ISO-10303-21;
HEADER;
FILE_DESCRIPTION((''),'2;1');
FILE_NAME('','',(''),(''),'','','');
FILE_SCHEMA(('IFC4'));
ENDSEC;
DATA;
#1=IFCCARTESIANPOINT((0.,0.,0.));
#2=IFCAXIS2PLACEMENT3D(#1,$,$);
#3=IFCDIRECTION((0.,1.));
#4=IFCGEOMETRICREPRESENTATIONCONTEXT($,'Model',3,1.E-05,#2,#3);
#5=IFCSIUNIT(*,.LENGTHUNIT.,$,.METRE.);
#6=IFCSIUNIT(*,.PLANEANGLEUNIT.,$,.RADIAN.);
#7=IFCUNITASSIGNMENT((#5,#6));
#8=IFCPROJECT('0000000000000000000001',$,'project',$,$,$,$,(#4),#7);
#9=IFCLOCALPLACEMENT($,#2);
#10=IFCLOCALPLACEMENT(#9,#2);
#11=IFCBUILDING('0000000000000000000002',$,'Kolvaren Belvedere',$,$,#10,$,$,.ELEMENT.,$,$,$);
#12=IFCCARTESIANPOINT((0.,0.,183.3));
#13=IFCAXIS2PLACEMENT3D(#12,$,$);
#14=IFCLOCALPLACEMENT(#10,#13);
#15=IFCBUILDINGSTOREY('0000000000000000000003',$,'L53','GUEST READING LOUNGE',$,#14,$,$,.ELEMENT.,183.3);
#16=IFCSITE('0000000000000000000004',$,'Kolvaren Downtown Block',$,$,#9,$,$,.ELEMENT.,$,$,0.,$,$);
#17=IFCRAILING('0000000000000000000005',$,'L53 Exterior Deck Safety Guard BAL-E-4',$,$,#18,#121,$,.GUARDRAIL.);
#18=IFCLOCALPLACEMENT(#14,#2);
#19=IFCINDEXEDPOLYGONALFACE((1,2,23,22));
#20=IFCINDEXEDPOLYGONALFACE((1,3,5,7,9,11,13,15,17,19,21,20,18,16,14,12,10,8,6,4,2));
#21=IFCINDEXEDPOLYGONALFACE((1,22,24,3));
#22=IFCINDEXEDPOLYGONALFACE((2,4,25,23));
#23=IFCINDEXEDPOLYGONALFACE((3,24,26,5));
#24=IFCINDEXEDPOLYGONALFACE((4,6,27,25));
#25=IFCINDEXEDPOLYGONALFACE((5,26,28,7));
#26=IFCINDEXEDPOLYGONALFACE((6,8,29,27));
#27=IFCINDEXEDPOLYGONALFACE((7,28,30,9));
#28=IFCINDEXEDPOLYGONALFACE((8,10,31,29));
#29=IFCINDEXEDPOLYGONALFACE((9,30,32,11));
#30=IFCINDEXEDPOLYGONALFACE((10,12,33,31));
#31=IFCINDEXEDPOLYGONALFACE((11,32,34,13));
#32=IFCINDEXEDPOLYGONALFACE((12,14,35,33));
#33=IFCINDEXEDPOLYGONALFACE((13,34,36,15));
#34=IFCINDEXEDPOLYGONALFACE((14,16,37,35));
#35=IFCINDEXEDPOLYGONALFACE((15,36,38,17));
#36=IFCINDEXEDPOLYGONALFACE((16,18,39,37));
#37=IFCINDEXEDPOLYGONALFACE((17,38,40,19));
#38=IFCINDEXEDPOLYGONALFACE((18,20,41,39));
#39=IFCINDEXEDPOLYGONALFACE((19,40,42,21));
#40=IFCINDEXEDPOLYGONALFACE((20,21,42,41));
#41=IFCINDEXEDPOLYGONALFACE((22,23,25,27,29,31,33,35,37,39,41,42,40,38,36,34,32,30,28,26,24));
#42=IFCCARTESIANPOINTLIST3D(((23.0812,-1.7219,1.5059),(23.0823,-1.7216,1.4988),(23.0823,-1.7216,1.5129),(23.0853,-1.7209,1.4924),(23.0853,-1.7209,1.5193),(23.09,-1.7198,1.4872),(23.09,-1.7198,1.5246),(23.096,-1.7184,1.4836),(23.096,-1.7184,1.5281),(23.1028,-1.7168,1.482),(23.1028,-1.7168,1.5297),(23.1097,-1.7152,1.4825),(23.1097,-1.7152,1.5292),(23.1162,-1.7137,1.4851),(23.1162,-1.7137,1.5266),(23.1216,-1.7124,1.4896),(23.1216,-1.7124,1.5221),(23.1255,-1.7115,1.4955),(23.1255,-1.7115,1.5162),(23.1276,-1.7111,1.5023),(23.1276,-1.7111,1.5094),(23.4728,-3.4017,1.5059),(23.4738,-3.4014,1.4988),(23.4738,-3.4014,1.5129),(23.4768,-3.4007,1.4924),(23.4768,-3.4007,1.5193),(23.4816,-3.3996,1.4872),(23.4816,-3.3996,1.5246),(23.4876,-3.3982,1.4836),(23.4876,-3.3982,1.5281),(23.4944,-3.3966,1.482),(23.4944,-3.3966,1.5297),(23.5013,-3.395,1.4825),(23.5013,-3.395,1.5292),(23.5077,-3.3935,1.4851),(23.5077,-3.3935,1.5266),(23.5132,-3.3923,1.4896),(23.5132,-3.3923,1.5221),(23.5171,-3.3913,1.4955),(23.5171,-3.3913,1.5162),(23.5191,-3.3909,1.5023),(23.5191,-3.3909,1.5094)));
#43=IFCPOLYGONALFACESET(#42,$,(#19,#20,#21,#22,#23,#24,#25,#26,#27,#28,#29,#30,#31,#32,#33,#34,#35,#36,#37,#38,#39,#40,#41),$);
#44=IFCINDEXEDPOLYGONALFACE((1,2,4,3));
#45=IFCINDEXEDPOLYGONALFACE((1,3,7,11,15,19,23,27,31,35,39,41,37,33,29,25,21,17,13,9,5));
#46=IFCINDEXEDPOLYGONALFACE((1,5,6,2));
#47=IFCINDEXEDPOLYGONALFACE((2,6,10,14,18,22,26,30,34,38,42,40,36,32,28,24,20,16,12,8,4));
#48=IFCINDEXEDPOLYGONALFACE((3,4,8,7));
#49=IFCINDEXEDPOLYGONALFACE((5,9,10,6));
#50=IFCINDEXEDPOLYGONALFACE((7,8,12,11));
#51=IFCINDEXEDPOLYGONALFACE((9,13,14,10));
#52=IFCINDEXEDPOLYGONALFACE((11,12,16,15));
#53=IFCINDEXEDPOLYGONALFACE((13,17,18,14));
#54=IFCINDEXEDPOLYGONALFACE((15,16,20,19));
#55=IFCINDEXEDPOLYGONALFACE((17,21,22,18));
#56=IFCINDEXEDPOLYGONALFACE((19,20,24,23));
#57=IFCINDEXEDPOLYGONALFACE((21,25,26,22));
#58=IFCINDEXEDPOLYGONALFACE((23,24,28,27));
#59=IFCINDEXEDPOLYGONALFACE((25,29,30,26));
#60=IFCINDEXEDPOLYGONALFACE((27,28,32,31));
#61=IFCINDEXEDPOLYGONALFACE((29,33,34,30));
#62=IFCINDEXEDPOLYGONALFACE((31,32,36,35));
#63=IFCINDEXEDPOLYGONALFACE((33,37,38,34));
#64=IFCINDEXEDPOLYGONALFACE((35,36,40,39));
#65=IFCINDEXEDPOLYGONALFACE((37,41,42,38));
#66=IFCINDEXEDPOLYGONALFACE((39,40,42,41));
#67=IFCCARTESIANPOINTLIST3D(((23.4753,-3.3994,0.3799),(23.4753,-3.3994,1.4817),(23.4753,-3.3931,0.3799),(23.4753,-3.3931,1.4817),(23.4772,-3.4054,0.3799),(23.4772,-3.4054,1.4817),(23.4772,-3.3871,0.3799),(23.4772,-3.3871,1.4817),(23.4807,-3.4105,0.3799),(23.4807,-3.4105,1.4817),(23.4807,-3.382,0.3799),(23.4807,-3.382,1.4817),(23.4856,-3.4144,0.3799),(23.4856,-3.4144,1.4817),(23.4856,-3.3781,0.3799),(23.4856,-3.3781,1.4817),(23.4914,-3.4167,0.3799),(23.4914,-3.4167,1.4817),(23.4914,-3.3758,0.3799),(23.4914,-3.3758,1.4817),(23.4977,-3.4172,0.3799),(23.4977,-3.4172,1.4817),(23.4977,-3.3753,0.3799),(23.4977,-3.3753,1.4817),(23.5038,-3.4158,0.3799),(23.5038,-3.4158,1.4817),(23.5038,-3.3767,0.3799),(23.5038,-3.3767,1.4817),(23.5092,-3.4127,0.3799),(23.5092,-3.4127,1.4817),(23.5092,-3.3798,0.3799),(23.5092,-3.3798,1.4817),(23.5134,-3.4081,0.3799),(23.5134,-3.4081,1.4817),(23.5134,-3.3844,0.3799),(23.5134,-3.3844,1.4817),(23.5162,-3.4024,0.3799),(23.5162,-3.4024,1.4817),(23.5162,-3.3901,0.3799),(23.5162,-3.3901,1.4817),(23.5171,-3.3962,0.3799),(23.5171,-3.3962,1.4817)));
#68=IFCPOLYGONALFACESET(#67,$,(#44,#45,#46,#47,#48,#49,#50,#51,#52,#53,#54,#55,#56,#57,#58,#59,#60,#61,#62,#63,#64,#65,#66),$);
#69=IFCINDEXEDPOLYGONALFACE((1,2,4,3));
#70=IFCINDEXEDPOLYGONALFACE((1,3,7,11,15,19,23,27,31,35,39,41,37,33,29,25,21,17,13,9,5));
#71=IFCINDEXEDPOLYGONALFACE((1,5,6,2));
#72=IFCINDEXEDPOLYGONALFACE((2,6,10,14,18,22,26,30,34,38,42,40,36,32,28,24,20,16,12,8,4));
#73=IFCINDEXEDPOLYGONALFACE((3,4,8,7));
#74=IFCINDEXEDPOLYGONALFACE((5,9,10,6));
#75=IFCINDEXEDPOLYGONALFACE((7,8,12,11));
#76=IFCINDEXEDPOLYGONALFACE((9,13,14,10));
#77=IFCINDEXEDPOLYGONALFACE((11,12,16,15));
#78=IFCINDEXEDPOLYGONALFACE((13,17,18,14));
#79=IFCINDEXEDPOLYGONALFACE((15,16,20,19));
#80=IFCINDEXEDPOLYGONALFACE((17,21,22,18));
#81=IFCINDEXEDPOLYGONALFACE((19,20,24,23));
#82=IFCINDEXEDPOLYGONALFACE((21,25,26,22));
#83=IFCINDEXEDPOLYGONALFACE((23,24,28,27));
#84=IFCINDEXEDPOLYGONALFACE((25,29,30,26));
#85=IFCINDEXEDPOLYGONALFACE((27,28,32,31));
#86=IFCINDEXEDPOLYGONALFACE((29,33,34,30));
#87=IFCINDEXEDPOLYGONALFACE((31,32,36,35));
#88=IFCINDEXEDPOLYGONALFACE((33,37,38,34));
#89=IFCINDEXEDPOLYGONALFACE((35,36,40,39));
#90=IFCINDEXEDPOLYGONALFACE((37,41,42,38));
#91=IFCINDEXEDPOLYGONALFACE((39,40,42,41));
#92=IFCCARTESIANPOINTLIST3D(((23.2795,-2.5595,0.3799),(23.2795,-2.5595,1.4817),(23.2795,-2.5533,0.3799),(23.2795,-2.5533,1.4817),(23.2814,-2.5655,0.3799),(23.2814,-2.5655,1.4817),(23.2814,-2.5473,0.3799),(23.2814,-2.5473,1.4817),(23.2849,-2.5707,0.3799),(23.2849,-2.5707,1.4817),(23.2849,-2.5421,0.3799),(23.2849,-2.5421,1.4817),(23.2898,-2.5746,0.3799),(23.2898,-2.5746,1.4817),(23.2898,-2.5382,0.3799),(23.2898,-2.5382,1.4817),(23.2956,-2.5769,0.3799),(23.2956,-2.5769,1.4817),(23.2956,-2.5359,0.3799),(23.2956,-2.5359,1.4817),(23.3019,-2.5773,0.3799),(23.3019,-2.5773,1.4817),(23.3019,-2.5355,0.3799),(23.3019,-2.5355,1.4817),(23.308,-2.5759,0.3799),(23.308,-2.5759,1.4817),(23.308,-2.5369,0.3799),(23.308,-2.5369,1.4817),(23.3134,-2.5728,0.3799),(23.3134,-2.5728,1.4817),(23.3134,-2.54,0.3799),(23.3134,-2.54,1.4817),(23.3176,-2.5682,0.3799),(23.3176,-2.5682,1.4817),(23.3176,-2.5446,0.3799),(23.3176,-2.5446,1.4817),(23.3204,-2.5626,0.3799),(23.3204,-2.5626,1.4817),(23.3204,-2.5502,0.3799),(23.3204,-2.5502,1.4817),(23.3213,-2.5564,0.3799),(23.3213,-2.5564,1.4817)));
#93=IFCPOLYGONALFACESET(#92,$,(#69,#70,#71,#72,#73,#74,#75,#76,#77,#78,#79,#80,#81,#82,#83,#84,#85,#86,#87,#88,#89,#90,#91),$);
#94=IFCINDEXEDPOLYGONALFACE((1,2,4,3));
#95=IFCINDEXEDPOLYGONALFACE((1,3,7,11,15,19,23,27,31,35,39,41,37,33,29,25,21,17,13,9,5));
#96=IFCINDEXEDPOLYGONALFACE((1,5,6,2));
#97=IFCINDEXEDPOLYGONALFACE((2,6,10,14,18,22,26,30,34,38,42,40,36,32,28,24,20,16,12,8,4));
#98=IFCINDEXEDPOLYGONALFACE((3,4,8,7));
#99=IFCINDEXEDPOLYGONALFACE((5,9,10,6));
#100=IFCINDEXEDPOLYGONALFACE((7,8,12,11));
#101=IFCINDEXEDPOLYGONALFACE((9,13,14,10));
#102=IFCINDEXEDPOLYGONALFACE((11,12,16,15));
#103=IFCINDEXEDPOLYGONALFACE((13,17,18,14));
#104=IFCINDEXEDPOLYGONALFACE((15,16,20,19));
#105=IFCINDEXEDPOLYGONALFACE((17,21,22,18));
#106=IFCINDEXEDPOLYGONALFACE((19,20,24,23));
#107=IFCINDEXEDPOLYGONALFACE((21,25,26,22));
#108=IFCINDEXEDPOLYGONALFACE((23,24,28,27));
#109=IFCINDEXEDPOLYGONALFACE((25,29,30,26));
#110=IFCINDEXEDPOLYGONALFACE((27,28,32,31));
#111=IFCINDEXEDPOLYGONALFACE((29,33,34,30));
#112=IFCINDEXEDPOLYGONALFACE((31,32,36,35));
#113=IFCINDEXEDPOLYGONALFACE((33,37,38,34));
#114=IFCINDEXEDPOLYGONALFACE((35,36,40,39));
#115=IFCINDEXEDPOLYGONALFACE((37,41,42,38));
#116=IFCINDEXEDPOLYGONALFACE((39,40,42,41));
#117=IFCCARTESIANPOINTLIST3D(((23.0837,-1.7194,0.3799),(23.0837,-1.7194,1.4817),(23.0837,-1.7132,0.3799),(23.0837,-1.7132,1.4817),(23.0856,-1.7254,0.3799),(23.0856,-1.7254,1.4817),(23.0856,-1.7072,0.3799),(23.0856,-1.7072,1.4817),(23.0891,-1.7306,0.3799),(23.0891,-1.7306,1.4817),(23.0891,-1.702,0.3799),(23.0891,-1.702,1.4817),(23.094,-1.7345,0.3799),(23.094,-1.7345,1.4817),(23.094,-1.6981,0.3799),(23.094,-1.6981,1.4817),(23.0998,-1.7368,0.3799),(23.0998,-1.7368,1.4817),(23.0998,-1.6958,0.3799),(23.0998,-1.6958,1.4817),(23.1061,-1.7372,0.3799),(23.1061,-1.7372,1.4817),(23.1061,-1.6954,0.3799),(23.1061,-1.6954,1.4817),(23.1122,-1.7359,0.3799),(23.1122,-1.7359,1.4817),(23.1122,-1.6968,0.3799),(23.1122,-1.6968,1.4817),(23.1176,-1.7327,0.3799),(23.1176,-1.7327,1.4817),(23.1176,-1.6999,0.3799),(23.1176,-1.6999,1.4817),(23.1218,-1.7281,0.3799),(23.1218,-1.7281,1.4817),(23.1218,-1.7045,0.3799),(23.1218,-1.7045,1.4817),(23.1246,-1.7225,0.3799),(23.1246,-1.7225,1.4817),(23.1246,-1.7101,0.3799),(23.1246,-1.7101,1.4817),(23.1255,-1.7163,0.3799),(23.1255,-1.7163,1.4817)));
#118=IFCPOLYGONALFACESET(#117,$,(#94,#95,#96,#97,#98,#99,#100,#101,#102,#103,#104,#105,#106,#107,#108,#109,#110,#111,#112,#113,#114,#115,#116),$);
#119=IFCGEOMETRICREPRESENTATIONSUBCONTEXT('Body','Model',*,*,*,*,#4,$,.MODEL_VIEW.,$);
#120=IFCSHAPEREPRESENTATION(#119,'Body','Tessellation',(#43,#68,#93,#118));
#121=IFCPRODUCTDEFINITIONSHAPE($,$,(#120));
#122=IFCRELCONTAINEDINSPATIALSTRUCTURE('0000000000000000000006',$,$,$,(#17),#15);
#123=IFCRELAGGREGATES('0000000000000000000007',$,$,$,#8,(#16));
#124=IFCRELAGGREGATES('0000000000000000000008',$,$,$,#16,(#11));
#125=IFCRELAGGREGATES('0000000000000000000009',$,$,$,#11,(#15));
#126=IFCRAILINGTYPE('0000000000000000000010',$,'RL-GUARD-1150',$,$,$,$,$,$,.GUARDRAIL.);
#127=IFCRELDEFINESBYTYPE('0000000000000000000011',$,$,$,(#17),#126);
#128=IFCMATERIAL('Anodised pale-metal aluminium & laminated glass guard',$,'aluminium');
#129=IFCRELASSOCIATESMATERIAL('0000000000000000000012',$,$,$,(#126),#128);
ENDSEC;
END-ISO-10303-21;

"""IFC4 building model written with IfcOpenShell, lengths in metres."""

from ifc_helpers import new_model, si_unit, direction, frame, origin, origin_2d, place, context, subcontext, project, spatial, circle, extrude, material, type_object, element, save


model = new_model("IFC4")

# Units and contexts
model_context = context("Model", 3, precision=1e-05, world=origin(), true_north=direction((0.0, 1.0)))
body_context = subcontext(model_context, "Body", "Model", "MODEL_VIEW")
ifc_project = project(units=[si_unit("LENGTHUNIT", "METRE"), si_unit("PLANEANGLEUNIT", "RADIAN")], contexts=[model_context])

# Site, building, storey
site_placement = place(None, origin())
site = spatial("IfcSite", under=ifc_project, at=site_placement, Name="Kolvaren Downtown Block", CompositionType="ELEMENT", RefElevation=0.0)
building_placement = place(site_placement, origin())
building = spatial("IfcBuilding", under=site, at=building_placement, Name="Kolvaren Belvedere", CompositionType="ELEMENT")
storey_placement = place(building_placement, frame((0.0, 0.0, 183.3)))
storey = spatial("IfcBuildingStorey", under=building, at=storey_placement, Name="L53", Description="GUEST READING LOUNGE", CompositionType="ELEMENT", Elevation=183.3)

# Railing
ifc_material_1 = material(Name="Anodised pale-metal aluminium & laminated glass guard", Category="aluminium")
railing_type = type_object("IfcRailingType", Name="RL-GUARD-1150", PredefinedType="GUARDRAIL", material=ifc_material_1)
railing_1_placement = place(storey_placement, frame((23.4961, -3.3962, 0.3799)))
element("IfcRailing", 1, at=railing_1_placement, inside=storey, type_object=railing_type, Name="L53 Exterior Deck Safety Guard BAL-E-4", PredefinedType="GUARDRAIL", context=body_context, shape_type="SweptSolid", body=[
    extrude(circle(Radius=0.0239, at=origin_2d()), frame((0.0, 0.0, 1.126), z_axis=(-0.227019, 0.97389, 0.0), x_axis=(-0.97389, -0.227019, 0.0)), (0.0, 0.0, 1.0), 1.7249),
    extrude(circle(Radius=0.021, at=origin_2d()), origin(), (0.0, 0.0, 1.0), 1.1018),
    extrude(circle(Radius=0.021, at=origin_2d()), frame((-0.1958, 0.8398, 0.0)), (0.0, 0.0, 1.0), 1.1018),
    extrude(circle(Radius=0.021, at=origin_2d()), frame((-0.3916, 1.6799, 0.0)), (0.0, 0.0, 1.0), 1.1018),
])

save(model, "model.ifc")
